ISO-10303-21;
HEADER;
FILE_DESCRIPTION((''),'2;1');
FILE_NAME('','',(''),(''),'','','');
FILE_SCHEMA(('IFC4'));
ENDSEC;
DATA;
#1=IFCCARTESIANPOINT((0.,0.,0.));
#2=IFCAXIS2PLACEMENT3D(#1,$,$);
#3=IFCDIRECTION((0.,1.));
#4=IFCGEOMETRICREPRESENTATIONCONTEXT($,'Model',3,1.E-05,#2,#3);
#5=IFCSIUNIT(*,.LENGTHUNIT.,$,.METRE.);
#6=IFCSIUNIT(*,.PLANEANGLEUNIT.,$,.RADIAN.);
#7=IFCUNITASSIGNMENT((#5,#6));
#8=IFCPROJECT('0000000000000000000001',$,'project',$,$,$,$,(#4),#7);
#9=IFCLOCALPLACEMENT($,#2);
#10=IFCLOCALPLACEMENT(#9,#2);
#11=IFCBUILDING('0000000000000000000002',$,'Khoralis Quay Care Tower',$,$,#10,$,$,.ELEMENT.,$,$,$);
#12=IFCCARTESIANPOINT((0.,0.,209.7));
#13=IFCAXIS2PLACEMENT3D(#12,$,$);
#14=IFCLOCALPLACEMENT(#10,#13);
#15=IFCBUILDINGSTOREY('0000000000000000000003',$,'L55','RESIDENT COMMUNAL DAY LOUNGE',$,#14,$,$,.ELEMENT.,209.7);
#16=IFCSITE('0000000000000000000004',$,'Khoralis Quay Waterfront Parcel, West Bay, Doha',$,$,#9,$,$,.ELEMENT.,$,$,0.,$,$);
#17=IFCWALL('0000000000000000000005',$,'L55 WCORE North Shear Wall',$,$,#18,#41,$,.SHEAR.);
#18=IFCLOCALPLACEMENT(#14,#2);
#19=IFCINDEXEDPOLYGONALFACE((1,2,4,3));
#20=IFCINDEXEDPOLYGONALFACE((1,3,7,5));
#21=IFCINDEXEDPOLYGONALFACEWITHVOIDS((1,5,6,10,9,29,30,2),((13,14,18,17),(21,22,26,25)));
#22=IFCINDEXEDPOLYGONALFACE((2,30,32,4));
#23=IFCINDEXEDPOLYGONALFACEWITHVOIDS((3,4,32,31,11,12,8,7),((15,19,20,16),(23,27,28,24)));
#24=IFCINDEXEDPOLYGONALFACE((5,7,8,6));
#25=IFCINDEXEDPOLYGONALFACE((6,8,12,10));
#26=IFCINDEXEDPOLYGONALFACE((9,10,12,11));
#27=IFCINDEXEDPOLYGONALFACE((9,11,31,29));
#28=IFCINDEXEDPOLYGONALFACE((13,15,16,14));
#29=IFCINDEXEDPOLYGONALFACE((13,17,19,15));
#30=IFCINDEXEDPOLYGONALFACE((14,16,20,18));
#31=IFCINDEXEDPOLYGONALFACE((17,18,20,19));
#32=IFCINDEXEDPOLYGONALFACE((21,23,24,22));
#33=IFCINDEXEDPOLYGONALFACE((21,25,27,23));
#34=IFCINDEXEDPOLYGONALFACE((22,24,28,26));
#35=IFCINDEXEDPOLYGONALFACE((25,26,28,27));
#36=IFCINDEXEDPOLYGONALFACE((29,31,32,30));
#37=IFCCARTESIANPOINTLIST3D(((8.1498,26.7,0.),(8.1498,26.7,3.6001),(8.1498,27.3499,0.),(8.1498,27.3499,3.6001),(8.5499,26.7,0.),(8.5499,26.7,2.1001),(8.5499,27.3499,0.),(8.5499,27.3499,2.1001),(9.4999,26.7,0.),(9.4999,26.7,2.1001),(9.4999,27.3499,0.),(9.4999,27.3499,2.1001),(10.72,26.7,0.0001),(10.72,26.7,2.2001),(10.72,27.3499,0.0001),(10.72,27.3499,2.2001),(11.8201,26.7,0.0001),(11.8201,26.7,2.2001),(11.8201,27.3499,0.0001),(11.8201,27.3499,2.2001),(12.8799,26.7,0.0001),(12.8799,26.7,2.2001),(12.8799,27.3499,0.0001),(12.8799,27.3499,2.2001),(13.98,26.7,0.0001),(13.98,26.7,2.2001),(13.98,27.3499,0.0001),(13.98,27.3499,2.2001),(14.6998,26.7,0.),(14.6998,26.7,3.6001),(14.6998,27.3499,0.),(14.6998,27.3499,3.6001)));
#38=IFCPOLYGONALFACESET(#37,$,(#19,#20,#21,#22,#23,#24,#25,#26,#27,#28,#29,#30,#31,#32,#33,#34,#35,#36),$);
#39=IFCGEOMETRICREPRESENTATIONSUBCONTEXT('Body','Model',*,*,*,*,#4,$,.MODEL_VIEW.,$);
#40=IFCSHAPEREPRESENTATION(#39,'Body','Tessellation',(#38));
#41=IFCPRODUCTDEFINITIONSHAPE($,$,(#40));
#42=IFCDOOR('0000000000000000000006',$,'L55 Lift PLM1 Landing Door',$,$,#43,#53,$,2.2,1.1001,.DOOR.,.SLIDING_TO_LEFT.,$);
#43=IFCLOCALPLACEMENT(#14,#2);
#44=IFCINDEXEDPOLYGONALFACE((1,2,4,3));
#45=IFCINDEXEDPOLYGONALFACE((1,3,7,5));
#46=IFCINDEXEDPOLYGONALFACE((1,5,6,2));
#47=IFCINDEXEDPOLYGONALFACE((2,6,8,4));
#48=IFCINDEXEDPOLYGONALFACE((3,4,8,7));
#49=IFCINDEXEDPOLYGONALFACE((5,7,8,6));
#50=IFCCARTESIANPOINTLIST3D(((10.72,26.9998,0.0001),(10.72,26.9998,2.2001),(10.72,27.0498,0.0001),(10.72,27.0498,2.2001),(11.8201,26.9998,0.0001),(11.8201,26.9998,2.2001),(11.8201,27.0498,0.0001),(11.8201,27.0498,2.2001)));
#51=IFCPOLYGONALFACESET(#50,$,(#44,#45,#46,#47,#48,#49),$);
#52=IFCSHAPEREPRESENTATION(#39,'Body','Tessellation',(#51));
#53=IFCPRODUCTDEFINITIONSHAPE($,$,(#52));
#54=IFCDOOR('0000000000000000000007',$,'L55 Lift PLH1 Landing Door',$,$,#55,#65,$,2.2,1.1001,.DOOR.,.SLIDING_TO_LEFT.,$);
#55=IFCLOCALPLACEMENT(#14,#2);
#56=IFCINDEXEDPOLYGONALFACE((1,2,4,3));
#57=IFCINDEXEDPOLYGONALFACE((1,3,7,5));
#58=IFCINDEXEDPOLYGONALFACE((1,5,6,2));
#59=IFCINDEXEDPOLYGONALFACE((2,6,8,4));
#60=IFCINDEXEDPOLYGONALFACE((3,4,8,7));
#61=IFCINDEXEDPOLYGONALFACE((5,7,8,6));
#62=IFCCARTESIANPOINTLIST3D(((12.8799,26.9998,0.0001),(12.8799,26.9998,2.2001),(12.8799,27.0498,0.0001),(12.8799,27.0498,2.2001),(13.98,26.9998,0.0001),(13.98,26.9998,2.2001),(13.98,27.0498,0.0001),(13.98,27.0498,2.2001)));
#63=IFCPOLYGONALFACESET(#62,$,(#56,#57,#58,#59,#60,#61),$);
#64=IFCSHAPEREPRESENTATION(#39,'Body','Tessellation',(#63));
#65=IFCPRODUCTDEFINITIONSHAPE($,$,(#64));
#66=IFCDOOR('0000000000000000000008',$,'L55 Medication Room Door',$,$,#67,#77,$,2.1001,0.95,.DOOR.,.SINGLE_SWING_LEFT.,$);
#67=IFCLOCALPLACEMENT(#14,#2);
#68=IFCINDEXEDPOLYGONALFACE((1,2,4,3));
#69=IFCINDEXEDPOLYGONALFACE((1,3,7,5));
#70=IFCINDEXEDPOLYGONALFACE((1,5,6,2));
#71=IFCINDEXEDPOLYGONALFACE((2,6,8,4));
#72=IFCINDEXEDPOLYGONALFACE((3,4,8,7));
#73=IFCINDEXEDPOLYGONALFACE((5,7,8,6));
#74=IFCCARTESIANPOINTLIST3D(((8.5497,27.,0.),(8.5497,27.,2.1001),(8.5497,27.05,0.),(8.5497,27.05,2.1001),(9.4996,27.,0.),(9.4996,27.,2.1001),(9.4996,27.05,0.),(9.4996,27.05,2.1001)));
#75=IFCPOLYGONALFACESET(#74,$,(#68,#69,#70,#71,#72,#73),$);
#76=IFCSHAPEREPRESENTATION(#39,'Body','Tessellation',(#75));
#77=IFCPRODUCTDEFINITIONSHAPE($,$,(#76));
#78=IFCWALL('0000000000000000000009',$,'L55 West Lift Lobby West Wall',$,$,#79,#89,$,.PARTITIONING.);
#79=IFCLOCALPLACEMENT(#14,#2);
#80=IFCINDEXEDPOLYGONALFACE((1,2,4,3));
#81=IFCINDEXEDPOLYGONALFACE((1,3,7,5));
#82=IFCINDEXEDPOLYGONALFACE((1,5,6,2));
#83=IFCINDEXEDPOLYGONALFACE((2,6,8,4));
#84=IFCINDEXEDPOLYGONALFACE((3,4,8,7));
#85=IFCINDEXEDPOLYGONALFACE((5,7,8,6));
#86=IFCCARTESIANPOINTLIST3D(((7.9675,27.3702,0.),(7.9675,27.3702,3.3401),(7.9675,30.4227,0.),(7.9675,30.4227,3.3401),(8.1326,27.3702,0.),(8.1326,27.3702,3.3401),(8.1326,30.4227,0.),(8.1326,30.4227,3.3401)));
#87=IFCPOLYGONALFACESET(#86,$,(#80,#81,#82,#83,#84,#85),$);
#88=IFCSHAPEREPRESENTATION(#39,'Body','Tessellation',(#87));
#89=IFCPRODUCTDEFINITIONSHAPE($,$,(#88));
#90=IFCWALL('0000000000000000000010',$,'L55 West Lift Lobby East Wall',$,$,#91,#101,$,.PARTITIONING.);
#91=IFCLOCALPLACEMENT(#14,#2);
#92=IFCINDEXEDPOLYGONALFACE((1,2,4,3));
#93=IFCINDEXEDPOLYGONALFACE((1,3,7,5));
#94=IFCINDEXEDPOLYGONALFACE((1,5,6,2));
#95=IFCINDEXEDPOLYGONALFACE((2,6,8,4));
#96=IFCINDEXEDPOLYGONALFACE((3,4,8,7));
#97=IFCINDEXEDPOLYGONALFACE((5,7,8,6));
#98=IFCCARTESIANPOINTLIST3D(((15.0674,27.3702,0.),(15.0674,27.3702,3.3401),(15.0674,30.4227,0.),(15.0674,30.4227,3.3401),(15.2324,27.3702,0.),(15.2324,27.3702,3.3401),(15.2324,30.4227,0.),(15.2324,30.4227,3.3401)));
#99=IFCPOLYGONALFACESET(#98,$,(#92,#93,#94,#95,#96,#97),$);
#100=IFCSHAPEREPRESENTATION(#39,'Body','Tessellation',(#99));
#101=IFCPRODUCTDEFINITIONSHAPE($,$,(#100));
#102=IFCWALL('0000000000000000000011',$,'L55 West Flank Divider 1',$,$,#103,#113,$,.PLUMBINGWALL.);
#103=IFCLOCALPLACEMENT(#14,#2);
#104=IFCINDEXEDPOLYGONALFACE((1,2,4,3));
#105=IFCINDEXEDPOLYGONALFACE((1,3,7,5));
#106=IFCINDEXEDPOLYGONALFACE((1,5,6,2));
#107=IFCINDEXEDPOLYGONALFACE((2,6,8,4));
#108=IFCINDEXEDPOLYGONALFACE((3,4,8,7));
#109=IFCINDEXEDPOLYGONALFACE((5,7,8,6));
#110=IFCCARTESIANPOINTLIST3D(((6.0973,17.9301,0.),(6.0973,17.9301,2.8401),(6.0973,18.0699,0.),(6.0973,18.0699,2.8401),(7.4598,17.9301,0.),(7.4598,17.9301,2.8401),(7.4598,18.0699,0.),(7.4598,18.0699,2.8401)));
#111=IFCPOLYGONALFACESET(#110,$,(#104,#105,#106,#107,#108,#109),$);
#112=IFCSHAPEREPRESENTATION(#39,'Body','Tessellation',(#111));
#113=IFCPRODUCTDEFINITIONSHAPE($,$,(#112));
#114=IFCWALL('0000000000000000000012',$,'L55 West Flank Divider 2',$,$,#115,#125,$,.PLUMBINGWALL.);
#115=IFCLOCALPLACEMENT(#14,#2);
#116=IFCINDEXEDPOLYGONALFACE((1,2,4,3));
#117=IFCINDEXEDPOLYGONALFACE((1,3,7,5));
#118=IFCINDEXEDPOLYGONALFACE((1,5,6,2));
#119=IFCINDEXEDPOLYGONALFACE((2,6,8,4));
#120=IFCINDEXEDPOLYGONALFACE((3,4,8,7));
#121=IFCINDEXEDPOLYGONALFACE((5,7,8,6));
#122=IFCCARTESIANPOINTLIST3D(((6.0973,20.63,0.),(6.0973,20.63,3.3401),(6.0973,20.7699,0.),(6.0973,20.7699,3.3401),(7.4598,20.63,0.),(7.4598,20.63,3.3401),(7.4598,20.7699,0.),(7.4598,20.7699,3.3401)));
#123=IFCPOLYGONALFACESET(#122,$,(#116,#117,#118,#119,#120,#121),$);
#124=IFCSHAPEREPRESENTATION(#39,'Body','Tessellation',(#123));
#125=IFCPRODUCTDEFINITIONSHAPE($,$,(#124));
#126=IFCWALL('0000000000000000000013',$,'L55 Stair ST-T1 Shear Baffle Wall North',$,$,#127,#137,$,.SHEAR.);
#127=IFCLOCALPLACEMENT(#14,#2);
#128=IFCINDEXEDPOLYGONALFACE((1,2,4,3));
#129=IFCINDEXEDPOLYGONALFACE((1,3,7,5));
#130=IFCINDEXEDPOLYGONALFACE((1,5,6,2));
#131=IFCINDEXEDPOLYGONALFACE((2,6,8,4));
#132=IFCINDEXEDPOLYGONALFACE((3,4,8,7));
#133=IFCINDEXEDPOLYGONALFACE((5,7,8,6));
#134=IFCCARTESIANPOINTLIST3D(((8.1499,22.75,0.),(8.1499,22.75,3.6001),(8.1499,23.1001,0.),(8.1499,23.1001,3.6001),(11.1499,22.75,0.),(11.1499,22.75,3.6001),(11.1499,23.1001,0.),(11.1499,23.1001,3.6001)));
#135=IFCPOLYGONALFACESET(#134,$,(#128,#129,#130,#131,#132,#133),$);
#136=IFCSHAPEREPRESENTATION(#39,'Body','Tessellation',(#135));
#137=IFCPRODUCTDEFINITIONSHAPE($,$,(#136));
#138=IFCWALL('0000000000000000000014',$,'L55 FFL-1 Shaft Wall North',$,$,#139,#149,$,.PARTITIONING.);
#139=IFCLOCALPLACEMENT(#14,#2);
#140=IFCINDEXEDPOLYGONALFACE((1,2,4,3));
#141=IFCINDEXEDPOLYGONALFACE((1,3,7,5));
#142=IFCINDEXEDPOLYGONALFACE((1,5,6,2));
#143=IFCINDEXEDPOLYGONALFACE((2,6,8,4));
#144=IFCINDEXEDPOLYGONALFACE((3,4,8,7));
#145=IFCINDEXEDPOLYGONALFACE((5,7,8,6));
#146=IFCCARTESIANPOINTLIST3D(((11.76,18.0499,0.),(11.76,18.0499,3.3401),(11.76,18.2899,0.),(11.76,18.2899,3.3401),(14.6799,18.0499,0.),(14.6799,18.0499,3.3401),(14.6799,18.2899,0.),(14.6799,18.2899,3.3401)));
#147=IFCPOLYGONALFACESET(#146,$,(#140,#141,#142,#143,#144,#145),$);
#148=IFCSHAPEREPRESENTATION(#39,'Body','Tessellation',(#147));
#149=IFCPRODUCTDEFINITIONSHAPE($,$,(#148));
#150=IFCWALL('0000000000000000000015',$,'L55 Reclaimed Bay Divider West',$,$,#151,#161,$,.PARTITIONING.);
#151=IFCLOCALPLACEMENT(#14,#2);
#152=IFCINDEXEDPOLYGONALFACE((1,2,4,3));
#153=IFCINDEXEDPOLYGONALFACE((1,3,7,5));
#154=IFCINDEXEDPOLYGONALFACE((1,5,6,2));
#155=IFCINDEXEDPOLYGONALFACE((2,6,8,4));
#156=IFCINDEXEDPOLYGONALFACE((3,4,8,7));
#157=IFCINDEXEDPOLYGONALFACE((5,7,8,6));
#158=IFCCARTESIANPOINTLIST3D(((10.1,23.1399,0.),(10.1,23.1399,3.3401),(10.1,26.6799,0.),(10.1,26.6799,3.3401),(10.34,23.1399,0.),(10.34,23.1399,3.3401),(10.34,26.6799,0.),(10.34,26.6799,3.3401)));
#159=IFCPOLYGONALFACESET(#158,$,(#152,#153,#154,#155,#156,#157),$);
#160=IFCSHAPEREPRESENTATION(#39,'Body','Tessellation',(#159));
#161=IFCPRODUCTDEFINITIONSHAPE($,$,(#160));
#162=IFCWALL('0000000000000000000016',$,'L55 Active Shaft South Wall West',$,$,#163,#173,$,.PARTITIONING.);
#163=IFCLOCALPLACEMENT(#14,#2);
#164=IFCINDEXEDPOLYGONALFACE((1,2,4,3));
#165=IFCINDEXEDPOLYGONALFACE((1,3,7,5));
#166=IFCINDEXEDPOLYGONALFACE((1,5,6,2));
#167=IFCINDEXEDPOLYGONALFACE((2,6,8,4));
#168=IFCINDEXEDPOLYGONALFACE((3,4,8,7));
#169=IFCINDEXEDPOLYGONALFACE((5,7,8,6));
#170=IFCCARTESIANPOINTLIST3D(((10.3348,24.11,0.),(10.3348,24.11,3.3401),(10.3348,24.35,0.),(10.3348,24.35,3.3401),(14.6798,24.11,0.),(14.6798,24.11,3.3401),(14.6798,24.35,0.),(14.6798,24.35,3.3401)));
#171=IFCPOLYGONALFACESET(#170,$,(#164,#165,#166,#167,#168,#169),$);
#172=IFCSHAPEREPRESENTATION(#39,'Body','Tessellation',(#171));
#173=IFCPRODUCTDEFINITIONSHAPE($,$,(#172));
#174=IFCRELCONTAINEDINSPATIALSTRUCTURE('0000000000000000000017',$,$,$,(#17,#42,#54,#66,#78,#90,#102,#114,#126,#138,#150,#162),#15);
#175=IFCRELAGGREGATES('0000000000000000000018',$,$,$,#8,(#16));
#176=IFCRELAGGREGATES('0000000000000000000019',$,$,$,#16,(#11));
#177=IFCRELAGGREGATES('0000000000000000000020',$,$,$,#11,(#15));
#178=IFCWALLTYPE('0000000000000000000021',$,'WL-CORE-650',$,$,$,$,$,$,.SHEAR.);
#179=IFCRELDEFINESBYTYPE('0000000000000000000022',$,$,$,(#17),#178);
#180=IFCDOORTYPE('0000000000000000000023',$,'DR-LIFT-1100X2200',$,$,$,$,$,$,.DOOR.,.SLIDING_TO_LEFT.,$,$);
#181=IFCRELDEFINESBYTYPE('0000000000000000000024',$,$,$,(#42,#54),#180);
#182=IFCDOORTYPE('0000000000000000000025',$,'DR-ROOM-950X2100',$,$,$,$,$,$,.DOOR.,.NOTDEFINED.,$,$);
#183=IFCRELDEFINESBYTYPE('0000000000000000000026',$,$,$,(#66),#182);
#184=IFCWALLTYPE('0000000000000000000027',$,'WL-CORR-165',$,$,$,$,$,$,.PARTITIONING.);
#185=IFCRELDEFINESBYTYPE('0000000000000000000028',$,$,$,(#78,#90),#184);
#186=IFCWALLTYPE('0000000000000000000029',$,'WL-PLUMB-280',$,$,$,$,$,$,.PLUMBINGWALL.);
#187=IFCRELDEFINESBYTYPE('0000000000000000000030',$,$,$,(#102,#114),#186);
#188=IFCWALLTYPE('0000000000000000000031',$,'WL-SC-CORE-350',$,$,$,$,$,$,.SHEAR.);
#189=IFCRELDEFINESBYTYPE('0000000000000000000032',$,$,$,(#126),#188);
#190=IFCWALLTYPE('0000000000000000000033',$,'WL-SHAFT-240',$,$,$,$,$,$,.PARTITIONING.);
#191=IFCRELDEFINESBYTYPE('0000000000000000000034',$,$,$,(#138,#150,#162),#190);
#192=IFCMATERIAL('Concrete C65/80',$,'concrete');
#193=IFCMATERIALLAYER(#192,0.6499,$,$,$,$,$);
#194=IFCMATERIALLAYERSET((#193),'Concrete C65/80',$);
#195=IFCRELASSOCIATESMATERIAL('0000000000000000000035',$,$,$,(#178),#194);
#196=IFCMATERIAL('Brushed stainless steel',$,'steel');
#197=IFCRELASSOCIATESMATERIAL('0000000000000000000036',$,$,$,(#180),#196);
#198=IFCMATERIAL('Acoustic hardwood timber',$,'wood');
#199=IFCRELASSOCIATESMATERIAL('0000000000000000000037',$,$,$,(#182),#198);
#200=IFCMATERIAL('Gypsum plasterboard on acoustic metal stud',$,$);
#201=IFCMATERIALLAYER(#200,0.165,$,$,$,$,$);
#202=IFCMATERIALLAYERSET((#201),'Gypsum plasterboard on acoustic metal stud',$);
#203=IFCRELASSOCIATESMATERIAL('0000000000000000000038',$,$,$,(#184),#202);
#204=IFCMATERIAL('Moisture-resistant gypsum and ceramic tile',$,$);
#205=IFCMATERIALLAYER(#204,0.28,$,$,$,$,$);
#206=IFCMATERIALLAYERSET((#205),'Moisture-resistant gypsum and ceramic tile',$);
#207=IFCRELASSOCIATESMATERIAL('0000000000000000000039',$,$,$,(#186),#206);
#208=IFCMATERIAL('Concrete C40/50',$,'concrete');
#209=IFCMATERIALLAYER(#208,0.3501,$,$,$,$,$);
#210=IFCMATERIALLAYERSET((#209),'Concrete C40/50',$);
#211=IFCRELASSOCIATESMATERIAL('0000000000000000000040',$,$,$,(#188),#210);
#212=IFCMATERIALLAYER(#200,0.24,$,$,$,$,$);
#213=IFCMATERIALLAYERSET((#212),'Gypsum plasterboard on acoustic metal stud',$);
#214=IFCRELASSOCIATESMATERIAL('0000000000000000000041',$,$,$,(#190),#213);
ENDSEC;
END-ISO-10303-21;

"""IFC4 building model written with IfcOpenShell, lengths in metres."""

from ifc_helpers import new_model, si_unit, direction, frame, frame_2d, origin, place, context, subcontext, project, spatial, rectangle, extrude, source, transform, mapped, material, layer, layer_set, type_object, element, fill, save


model = new_model("IFC4")

# Units and contexts
model_context = context("Model", 3, precision=1e-05, world=origin(), true_north=direction((0.0, 1.0)))
body_context = subcontext(model_context, "Body", "Model", "MODEL_VIEW")
ifc_project = project(units=[si_unit("LENGTHUNIT", "METRE"), si_unit("PLANEANGLEUNIT", "RADIAN")], contexts=[model_context])

# Site, building, storey
site_placement = place(None, origin())
site = spatial("IfcSite", under=ifc_project, at=site_placement, Name="Khoralis Quay Waterfront Parcel, West Bay, Doha", CompositionType="ELEMENT", RefElevation=0.0)
building_placement = place(site_placement, origin())
building = spatial("IfcBuilding", under=site, at=building_placement, Name="Khoralis Quay Care Tower", CompositionType="ELEMENT")
storey_placement = place(building_placement, frame((0.0, 0.0, 209.7)))
storey = spatial("IfcBuildingStorey", under=building, at=storey_placement, Name="L55", Description="RESIDENT COMMUNAL DAY LOUNGE", CompositionType="ELEMENT", Elevation=209.7)

# Wall, openings, doors
ifc_material_1 = material(Name="Concrete C65/80", Category="concrete")
ifc_layer_1 = layer(ifc_material_1, 0.6499)
ifc_layer_set_1 = layer_set([ifc_layer_1], Name="Concrete C65/80")
wall_type_1 = type_object("IfcWallType", Name="WL-CORE-650", PredefinedType="SHEAR", material=ifc_layer_set_1)
wall_1_placement = place(storey_placement, frame((8.1499, 27.0249, 0.0), z_axis=(0.0, 0.0, 1.0), x_axis=(1.0, 0.0, 0.0)))
wall_1 = element("IfcWall", 1, at=wall_1_placement, inside=storey, type_object=wall_type_1, Name="L55 WCORE North Shear Wall", PredefinedType="SHEAR", context=body_context, shape_type="SweptSolid", body=[
    extrude(rectangle(XDim=6.55, YDim=0.6499, at=frame_2d((3.2749, 0.0))), origin(), (0.0, 0.0, 1.0), 3.6001),
])
opening_1_placement = place(wall_1_placement, frame((0.3999, 0.0, 0.0)))
opening_1 = element("IfcOpeningElement", 2, at=opening_1_placement, cuts=wall_1, PredefinedType="OPENING", context=body_context, shape_type="SweptSolid", body=[
    extrude(rectangle(XDim=0.95, YDim=2.1001, at=frame_2d((0.4751, 1.05))), frame((0.0, 0.335, 0.0), z_axis=(0.0, -1.0, 0.0), x_axis=(1.0, 0.0, 0.0)), (0.0, 0.0, 1.0), 0.6699),
])
opening_2_placement = place(wall_1_placement, frame((2.5701, 0.0, 0.0)))
opening_2 = element("IfcOpeningElement", 3, at=opening_2_placement, cuts=wall_1, PredefinedType="OPENING", context=body_context, shape_type="SweptSolid", body=[
    extrude(rectangle(XDim=1.1001, YDim=2.2, at=frame_2d((0.55, 1.1001))), frame((0.0, 0.335, 0.0), z_axis=(0.0, -1.0, 0.0), x_axis=(1.0, 0.0, 0.0)), (0.0, 0.0, 1.0), 0.6699),
])
opening_3_placement = place(wall_1_placement, frame((4.73, 0.0, 0.0)))
opening_3 = element("IfcOpeningElement", 4, at=opening_3_placement, cuts=wall_1, PredefinedType="OPENING", context=body_context, shape_type="SweptSolid", body=[
    extrude(rectangle(XDim=1.1001, YDim=2.2, at=frame_2d((0.55, 1.1001))), frame((0.0, 0.335, 0.0), z_axis=(0.0, -1.0, 0.0), x_axis=(1.0, 0.0, 0.0)), (0.0, 0.0, 1.0), 0.6699),
])
ifc_material_2 = material(Name="Brushed stainless steel", Category="steel")
door_type_1 = type_object("IfcDoorType", Name="DR-LIFT-1100X2200", OperationType="SLIDING_TO_LEFT", PredefinedType="DOOR", material=ifc_material_2)
shared_shape_1 = source(origin(), body_context, "Body", "SweptSolid", [
    extrude(rectangle(XDim=1.1001, YDim=2.2, at=frame_2d((0.55, 1.1001))), frame((0.0, 0.0249, 0.0), z_axis=(0.0, -1.0, 0.0), x_axis=(1.0, 0.0, 0.0)), (0.0, 0.0, 1.0), 0.05),
])
door_1_placement = place(opening_2_placement, origin())
door_1 = element("IfcDoor", 5, at=door_1_placement, inside=storey, type_object=door_type_1, Name="L55 Lift PLM1 Landing Door", OperationType="SLIDING_TO_LEFT", OverallHeight=2.2, OverallWidth=1.1001, PredefinedType="DOOR", context=body_context, shape_type="MappedRepresentation", body=[
    mapped(shared_shape_1, transform((0.0, 0.0, 0.0), scale=1.0)),
])
fill(opening_2, door_1)
door_2_placement = place(opening_3_placement, origin())
door_2 = element("IfcDoor", 6, at=door_2_placement, inside=storey, type_object=door_type_1, Name="L55 Lift PLH1 Landing Door", OperationType="SLIDING_TO_LEFT", OverallHeight=2.2, OverallWidth=1.1001, PredefinedType="DOOR", context=body_context, shape_type="MappedRepresentation", body=[
    mapped(shared_shape_1, transform((0.0, 0.0, 0.0), scale=1.0)),
])
fill(opening_3, door_2)
ifc_material_3 = material(Name="Acoustic hardwood timber", Category="wood")
door_type_2 = type_object("IfcDoorType", Name="DR-ROOM-950X2100", OperationType="NOTDEFINED", PredefinedType="DOOR", material=ifc_material_3)
shared_shape_2 = source(origin(), body_context, "Body", "SweptSolid", [
    extrude(rectangle(XDim=0.95, YDim=2.1001, at=frame_2d((0.4751, 1.05))), frame((0.0, 0.0249, 0.0), z_axis=(0.0, -1.0, 0.0), x_axis=(1.0, 0.0, 0.0)), (0.0, 0.0, 1.0), 0.05),
])
door_3_placement = place(opening_1_placement, frame((0.95, 0.0, 0.0), z_axis=(0.0, 0.0, 1.0), x_axis=(-1.0, 0.0, 0.0)))
door_3 = element("IfcDoor", 7, at=door_3_placement, inside=storey, type_object=door_type_2, Name="L55 Medication Room Door", OperationType="SINGLE_SWING_LEFT", OverallHeight=2.1001, OverallWidth=0.95, PredefinedType="DOOR", context=body_context, shape_type="MappedRepresentation", body=[
    mapped(shared_shape_2, transform((0.0, 0.0, 0.0), scale=1.0)),
])
fill(opening_1, door_3)

# Walls
ifc_material_4 = material(Name="Gypsum plasterboard on acoustic metal stud")
ifc_layer_2 = layer(ifc_material_4, 0.165)
ifc_layer_set_2 = layer_set([ifc_layer_2], Name="Gypsum plasterboard on acoustic metal stud")
wall_type_2 = type_object("IfcWallType", Name="WL-CORR-165", PredefinedType="PARTITIONING", material=ifc_layer_set_2)
for number, where, z_axis, x_axis, name in (
    (8, (8.05, 27.3701, 0.0), (0.0, 0.0, 1.0), (0.0, 1.0, 0.0), "L55 West Lift Lobby West Wall"),
    (9, (15.1499, 27.3701, 0.0), (0.0, 0.0, 1.0), (0.0, 1.0, 0.0), "L55 West Lift Lobby East Wall"),
):
    element("IfcWall", number, at=place(storey_placement, frame(where, z_axis=z_axis, x_axis=x_axis)), inside=storey, type_object=wall_type_2, Name=name, PredefinedType="PARTITIONING", context=body_context, shape_type="SweptSolid", body=[
        extrude(rectangle(XDim=3.0525, YDim=0.165, at=frame_2d((1.5264, 0.0))), origin(), (0.0, 0.0, 1.0), 3.3401),
    ])
ifc_material_5 = material(Name="Moisture-resistant gypsum and ceramic tile")
ifc_layer_3 = layer(ifc_material_5, 0.28)
ifc_layer_set_3 = layer_set([ifc_layer_3], Name="Moisture-resistant gypsum and ceramic tile")
wall_type_3 = type_object("IfcWallType", Name="WL-PLUMB-280", PredefinedType="PLUMBINGWALL", material=ifc_layer_set_3)
wall_2_placement = place(storey_placement, frame((6.0974, 18.0, 0.0), z_axis=(0.0, 0.0, 1.0), x_axis=(1.0, 0.0, 0.0)))
element("IfcWall", 10, at=wall_2_placement, inside=storey, type_object=wall_type_3, Name="L55 West Flank Divider 1", PredefinedType="PLUMBINGWALL", context=body_context, shape_type="SweptSolid", body=[
    extrude(rectangle(XDim=1.3625, YDim=0.1399, at=frame_2d((0.6812, 0.0))), origin(), (0.0, 0.0, 1.0), 2.8401),
])
wall_3_placement = place(storey_placement, frame((6.0974, 20.7, 0.0), z_axis=(0.0, 0.0, 1.0), x_axis=(1.0, 0.0, 0.0)))
element("IfcWall", 11, at=wall_3_placement, inside=storey, type_object=wall_type_3, Name="L55 West Flank Divider 2", PredefinedType="PLUMBINGWALL", context=body_context, shape_type="SweptSolid", body=[
    extrude(rectangle(XDim=1.3625, YDim=0.1399, at=frame_2d((0.6812, 0.0))), origin(), (0.0, 0.0, 1.0), 3.3401),
])
ifc_material_6 = material(Name="Concrete C40/50", Category="concrete")
ifc_layer_4 = layer(ifc_material_6, 0.3501)
ifc_layer_set_4 = layer_set([ifc_layer_4], Name="Concrete C40/50")
wall_type_4 = type_object("IfcWallType", Name="WL-SC-CORE-350", PredefinedType="SHEAR", material=ifc_layer_set_4)
wall_4_placement = place(storey_placement, frame((8.1499, 22.925, 0.0), z_axis=(0.0, 0.0, 1.0), x_axis=(1.0, 0.0, 0.0)))
element("IfcWall", 12, at=wall_4_placement, inside=storey, type_object=wall_type_4, Name="L55 Stair ST-T1 Shear Baffle Wall North", PredefinedType="SHEAR", context=body_context, shape_type="SweptSolid", body=[
    extrude(rectangle(XDim=3.0, YDim=0.3501, at=frame_2d((1.5, 0.0))), origin(), (0.0, 0.0, 1.0), 3.6001),
])
ifc_layer_5 = layer(ifc_material_4, 0.24)
ifc_layer_set_5 = layer_set([ifc_layer_5], Name="Gypsum plasterboard on acoustic metal stud")
wall_type_5 = type_object("IfcWallType", Name="WL-SHAFT-240", PredefinedType="PARTITIONING", material=ifc_layer_set_5)
wall_5_placement = place(storey_placement, frame((11.76, 18.1699, 0.0), z_axis=(0.0, 0.0, 1.0), x_axis=(1.0, 0.0, 0.0)))
element("IfcWall", 13, at=wall_5_placement, inside=storey, type_object=wall_type_5, Name="L55 FFL-1 Shaft Wall North", PredefinedType="PARTITIONING", context=body_context, shape_type="SweptSolid", body=[
    extrude(rectangle(XDim=2.9199, YDim=0.24, at=frame_2d((1.46, 0.0))), origin(), (0.0, 0.0, 1.0), 3.3401),
])
wall_6_placement = place(storey_placement, frame((10.22, 23.1399, 0.0), z_axis=(0.0, 0.0, 1.0), x_axis=(0.0, 1.0, 0.0)))
element("IfcWall", 14, at=wall_6_placement, inside=storey, type_object=wall_type_5, Name="L55 Reclaimed Bay Divider West", PredefinedType="PARTITIONING", context=body_context, shape_type="SweptSolid", body=[
    extrude(rectangle(XDim=3.54, YDim=0.24, at=frame_2d((1.77, 0.0))), origin(), (0.0, 0.0, 1.0), 3.3401),
])
wall_7_placement = place(storey_placement, frame((10.335, 24.23, 0.0), z_axis=(0.0, 0.0, 1.0), x_axis=(1.0, 0.0, 0.0)))
element("IfcWall", 15, at=wall_7_placement, inside=storey, type_object=wall_type_5, Name="L55 Active Shaft South Wall West", PredefinedType="PARTITIONING", context=body_context, shape_type="SweptSolid", body=[
    extrude(rectangle(XDim=4.345, YDim=0.24, at=frame_2d((2.1724, 0.0))), origin(), (0.0, 0.0, 1.0), 3.3401),
])

save(model, "model.ifc")
